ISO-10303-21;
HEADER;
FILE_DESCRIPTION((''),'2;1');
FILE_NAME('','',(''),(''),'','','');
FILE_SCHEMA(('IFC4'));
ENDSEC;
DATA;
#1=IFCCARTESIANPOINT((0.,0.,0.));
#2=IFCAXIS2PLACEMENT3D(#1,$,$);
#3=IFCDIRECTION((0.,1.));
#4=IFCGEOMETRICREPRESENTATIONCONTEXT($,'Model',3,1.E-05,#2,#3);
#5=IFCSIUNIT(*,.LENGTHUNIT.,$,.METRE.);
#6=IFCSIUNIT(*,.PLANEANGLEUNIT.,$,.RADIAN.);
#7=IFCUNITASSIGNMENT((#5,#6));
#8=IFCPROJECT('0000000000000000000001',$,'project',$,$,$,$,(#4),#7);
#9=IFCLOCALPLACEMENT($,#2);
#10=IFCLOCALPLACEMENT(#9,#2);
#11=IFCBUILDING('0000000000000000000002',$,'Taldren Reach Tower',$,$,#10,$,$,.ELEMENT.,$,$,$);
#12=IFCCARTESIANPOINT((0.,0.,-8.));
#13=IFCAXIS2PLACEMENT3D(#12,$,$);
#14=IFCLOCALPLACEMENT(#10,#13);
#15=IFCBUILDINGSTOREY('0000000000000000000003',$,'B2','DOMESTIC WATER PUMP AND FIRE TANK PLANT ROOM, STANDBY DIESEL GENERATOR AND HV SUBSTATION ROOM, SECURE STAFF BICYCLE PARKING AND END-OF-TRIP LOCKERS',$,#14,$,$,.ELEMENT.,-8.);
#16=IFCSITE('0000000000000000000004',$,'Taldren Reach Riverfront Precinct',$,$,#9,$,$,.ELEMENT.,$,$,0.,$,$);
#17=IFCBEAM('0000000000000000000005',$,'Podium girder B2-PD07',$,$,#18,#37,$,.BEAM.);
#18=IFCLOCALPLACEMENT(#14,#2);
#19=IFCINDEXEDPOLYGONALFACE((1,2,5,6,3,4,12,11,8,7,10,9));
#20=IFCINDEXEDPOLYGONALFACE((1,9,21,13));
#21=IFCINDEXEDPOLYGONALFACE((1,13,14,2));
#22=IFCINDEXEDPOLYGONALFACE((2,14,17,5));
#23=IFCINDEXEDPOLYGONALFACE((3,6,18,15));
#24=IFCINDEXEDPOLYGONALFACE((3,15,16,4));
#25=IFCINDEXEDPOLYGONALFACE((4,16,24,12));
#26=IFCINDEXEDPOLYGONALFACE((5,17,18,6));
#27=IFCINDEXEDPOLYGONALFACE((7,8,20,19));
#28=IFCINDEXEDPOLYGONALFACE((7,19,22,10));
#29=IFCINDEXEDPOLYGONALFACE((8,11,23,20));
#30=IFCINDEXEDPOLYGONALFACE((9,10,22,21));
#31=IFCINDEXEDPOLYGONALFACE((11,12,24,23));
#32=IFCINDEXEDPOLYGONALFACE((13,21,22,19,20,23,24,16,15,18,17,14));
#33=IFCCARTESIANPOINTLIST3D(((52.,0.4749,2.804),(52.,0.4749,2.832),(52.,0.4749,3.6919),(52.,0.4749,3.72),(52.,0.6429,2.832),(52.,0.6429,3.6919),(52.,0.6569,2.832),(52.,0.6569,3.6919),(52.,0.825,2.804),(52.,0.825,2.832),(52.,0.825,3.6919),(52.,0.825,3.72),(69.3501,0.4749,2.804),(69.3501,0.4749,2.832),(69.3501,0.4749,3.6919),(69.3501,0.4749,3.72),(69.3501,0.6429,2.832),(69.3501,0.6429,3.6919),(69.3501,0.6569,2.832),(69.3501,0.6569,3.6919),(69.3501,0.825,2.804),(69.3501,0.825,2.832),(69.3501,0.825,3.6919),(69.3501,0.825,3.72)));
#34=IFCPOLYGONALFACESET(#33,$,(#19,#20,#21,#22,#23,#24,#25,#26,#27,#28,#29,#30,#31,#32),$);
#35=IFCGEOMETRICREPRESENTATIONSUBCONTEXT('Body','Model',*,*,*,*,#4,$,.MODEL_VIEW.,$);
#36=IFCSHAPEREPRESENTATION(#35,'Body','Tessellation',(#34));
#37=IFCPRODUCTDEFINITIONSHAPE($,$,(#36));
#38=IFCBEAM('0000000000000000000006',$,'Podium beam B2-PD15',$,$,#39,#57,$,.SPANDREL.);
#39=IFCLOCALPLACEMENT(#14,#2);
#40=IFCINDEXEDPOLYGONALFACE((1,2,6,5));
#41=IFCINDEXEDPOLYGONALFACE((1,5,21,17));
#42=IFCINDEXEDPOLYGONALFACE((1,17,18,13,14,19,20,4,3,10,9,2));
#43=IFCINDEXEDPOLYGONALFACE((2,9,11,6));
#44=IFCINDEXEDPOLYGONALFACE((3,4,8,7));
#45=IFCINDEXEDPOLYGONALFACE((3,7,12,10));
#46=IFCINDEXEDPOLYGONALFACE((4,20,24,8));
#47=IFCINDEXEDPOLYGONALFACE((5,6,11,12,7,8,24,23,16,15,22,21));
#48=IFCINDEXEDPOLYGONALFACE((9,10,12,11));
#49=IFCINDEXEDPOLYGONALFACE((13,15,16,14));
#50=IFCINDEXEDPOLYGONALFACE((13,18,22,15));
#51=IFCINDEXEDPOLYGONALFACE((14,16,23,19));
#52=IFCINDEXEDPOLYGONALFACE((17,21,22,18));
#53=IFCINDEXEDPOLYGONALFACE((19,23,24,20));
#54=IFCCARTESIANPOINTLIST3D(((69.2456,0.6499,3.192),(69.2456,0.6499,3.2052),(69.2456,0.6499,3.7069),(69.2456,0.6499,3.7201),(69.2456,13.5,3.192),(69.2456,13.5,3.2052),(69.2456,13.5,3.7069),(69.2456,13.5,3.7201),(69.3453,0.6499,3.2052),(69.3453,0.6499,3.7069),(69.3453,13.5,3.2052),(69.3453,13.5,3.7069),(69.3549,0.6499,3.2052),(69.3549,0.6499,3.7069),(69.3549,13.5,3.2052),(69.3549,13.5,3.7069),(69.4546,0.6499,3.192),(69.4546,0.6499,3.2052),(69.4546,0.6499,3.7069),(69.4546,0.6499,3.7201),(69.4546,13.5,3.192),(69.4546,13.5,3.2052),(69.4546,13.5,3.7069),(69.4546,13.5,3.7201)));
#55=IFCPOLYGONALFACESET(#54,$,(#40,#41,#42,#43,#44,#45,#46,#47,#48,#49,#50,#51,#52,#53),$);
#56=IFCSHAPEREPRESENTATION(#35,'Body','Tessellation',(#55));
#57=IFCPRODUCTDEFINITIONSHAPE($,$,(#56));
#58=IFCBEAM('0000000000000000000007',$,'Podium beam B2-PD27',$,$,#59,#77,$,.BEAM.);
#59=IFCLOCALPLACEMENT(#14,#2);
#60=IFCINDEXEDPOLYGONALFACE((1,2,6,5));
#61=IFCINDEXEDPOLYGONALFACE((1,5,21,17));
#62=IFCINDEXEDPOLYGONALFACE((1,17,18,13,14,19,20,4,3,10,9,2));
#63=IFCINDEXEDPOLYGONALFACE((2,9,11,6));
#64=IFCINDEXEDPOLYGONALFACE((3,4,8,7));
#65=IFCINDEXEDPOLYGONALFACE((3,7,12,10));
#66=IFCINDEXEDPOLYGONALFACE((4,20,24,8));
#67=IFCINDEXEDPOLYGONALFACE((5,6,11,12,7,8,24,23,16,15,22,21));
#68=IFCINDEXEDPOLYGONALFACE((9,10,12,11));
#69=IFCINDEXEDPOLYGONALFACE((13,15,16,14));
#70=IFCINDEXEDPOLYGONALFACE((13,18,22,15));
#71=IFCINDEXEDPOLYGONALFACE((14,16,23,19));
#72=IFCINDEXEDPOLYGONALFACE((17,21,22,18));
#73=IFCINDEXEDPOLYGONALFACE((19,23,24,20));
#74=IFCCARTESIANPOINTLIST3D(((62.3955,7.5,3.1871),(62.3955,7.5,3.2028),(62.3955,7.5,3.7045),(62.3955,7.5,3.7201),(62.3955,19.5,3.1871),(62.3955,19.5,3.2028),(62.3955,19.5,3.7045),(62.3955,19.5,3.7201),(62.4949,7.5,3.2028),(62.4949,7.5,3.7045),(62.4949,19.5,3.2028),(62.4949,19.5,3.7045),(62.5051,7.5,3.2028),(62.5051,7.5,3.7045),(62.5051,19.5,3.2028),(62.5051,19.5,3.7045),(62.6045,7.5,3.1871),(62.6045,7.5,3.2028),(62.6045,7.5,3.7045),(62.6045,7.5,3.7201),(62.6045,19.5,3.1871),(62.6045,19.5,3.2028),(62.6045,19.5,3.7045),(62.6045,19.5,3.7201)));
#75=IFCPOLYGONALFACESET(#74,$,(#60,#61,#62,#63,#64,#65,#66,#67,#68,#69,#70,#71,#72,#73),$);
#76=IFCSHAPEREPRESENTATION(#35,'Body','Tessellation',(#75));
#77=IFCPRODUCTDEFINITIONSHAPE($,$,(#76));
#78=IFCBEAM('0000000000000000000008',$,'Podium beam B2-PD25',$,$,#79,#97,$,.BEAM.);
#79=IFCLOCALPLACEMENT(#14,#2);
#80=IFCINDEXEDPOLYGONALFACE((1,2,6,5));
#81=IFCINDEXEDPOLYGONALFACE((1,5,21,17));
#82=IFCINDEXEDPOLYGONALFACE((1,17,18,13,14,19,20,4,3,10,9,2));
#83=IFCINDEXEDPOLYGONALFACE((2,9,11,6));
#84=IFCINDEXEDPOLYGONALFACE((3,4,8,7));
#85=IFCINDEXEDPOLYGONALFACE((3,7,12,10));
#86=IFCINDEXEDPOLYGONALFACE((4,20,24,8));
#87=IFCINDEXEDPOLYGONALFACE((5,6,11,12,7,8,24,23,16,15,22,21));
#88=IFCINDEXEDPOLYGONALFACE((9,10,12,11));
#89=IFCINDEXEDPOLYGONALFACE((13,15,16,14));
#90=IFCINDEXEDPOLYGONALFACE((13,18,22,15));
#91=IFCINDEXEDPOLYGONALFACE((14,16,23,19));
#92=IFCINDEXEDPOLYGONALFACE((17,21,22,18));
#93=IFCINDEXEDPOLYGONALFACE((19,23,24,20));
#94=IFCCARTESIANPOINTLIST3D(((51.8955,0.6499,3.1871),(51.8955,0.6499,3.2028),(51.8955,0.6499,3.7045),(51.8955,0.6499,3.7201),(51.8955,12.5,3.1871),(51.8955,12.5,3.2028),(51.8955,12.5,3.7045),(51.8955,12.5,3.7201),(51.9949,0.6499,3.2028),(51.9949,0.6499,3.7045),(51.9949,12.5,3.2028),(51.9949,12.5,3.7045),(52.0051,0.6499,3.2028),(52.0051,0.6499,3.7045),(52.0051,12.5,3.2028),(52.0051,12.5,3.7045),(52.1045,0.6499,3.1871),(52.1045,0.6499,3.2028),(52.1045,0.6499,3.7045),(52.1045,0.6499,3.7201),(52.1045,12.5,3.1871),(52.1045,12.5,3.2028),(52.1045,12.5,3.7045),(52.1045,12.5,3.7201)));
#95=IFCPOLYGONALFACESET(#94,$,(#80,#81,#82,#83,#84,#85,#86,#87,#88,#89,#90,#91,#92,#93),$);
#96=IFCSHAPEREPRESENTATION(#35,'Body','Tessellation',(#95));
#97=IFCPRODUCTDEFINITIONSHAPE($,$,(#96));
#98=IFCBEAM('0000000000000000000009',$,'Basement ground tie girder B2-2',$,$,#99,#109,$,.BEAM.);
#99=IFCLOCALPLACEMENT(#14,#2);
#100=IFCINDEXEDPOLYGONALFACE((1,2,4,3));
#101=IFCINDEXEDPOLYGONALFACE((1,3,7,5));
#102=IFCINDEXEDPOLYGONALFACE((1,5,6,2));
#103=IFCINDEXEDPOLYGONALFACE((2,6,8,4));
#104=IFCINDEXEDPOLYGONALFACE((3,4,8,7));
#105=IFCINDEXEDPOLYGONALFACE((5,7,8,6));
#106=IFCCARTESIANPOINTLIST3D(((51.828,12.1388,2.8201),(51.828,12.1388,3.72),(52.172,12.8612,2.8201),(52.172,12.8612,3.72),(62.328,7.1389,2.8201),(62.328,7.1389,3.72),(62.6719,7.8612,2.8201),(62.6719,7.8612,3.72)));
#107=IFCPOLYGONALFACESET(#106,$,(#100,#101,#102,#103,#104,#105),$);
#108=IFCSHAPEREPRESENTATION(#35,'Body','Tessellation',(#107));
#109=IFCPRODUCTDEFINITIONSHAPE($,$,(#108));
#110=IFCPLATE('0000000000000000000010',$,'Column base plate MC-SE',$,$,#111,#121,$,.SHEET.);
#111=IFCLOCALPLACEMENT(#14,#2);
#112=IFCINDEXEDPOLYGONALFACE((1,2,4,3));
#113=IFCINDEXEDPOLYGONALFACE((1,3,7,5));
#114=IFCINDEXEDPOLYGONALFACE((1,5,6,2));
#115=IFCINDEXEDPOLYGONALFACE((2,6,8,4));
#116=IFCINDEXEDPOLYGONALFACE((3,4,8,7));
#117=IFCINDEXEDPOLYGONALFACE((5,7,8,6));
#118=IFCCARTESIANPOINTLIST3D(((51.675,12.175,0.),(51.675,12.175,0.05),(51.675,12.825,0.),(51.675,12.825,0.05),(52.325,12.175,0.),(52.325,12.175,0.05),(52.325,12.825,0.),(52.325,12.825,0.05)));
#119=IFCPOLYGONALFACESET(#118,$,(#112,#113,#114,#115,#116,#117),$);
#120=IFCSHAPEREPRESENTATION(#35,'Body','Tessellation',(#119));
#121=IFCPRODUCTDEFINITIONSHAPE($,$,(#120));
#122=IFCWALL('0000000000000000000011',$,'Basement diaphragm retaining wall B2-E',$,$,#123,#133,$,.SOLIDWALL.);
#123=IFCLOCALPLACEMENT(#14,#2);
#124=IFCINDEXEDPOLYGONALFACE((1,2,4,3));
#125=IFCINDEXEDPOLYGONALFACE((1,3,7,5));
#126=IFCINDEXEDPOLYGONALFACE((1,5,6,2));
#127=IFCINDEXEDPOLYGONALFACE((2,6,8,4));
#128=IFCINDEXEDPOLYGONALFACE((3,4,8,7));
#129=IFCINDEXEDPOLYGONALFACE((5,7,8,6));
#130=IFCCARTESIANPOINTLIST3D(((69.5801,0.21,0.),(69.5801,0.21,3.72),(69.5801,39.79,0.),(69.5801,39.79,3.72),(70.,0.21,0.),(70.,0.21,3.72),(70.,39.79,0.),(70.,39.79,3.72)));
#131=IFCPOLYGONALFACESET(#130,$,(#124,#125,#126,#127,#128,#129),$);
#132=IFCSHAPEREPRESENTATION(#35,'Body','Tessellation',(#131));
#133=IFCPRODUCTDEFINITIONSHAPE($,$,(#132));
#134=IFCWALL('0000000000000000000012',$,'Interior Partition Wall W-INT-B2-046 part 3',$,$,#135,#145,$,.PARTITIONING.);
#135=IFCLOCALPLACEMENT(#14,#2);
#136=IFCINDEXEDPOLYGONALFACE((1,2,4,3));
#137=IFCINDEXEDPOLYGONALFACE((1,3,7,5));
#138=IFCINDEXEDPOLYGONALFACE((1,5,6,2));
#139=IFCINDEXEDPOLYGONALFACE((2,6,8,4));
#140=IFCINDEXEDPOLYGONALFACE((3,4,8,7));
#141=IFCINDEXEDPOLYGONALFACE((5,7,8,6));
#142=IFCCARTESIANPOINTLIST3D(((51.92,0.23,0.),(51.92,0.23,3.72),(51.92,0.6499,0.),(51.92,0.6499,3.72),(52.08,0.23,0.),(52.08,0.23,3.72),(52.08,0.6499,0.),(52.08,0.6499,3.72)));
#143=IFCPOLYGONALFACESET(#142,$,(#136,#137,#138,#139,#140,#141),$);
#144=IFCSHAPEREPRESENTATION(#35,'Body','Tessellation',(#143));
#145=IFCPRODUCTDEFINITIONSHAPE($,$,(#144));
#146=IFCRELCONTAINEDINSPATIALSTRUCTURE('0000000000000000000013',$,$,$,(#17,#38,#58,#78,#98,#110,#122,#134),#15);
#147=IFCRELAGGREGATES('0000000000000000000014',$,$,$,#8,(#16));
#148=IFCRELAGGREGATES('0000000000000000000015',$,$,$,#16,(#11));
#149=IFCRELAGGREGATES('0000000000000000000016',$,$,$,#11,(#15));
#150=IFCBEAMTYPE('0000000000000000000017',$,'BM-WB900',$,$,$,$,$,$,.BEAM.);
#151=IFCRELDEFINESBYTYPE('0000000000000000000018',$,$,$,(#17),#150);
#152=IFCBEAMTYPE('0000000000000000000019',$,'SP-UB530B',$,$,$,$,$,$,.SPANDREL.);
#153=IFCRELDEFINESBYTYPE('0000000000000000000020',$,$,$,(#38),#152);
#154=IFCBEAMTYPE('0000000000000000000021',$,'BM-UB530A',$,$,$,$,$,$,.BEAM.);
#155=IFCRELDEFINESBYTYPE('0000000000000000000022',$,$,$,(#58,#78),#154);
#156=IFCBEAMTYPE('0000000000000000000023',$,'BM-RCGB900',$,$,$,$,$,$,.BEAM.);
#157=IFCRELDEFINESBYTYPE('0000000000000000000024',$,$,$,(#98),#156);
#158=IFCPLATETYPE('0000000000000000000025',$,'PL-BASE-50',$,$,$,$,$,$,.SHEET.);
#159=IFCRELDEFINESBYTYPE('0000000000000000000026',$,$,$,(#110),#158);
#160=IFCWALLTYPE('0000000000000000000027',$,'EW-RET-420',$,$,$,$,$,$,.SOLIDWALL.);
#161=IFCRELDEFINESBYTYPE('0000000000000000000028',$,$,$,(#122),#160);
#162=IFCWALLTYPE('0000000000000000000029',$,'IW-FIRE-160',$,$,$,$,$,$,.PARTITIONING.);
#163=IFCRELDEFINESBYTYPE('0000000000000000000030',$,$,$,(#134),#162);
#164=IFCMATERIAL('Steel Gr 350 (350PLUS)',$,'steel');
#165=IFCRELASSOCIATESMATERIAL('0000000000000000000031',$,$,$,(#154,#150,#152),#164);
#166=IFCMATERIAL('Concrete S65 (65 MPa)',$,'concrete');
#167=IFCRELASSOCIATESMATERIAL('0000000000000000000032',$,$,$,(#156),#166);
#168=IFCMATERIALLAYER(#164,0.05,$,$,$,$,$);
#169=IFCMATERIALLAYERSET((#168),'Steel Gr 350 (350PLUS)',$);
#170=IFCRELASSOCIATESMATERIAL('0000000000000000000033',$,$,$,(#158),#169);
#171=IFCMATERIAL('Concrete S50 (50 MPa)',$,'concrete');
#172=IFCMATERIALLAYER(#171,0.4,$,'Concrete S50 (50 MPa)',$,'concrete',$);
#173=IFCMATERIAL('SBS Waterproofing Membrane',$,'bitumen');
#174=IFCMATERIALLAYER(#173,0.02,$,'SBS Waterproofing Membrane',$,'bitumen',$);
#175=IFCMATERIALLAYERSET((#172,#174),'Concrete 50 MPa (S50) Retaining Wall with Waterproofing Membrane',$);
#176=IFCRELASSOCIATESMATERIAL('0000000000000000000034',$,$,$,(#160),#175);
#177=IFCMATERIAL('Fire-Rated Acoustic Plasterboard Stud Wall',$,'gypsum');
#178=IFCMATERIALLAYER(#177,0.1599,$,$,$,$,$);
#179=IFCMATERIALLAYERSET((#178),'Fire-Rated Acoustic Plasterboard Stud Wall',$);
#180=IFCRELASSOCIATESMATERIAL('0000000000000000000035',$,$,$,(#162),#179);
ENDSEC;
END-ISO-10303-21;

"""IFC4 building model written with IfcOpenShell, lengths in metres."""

from ifc_helpers import new_model, si_unit, direction, frame, frame_2d, origin, origin_2d, place, context, subcontext, project, spatial, rectangle, i_section, extrude, source, transform, mapped, material, layer, layer_set, material_profile, profile_set, type_object, element, save


model = new_model("IFC4")

# Units and contexts
model_context = context("Model", 3, precision=1e-05, world=origin(), true_north=direction((0.0, 1.0)))
body_context = subcontext(model_context, "Body", "Model", "MODEL_VIEW")
ifc_project = project(units=[si_unit("LENGTHUNIT", "METRE"), si_unit("PLANEANGLEUNIT", "RADIAN")], contexts=[model_context])

# Site, building, storey
site_placement = place(None, origin())
site = spatial("IfcSite", under=ifc_project, at=site_placement, Name="Taldren Reach Riverfront Precinct", CompositionType="ELEMENT", RefElevation=0.0)
building_placement = place(site_placement, origin())
building = spatial("IfcBuilding", under=site, at=building_placement, Name="Taldren Reach Tower", CompositionType="ELEMENT")
storey_placement = place(building_placement, frame((0.0, 0.0, -8.0)))
storey = spatial("IfcBuildingStorey", under=building, at=storey_placement, Name="B2", Description="DOMESTIC WATER PUMP AND FIRE TANK PLANT ROOM, STANDBY DIESEL GENERATOR AND HV SUBSTATION ROOM, SECURE STAFF BICYCLE PARKING AND END-OF-TRIP LOCKERS", CompositionType="ELEMENT", Elevation=-8.0)

# Shared definitions
ifc_material_1 = material(Name="Concrete S65 (65 MPa)", Category="concrete")

# Shared definitions
ifc_material_2 = material(Name="Concrete S50 (50 MPa)", Category="concrete")

# Beams
ifc_material_3 = material(Name="Steel Gr 350 (350PLUS)", Category="steel")
ifc_material_profile_1 = material_profile(ifc_material_3, i_section(OverallWidth=0.209, OverallDepth=0.533, WebThickness=0.0103, FlangeThickness=0.0156, at=origin_2d()), Name="530UB92.4")
ifc_profile_set_1 = profile_set([ifc_material_profile_1], Name="Steel Gr 350 (350PLUS)")
beam_type_1 = type_object("IfcBeamType", Name="BM-UB530A", PredefinedType="BEAM", material=ifc_profile_set_1)
ifc_material_profile_2 = material_profile(ifc_material_3, i_section(OverallWidth=0.3501, OverallDepth=0.916, WebThickness=0.0139, FlangeThickness=0.0281, at=origin_2d()), Name="900WB257")
ifc_profile_set_2 = profile_set([ifc_material_profile_2], Name="Steel Gr 350 (350PLUS)")
beam_type_2 = type_object("IfcBeamType", Name="BM-WB900", PredefinedType="BEAM", material=ifc_profile_set_2)
shared_shape_1 = source(origin(), body_context, "Body", "SweptSolid", [
    extrude(i_section(OverallWidth=0.3501, OverallDepth=0.916, WebThickness=0.0139, FlangeThickness=0.0281, at=origin_2d()), origin(), (0.0, 0.0, 1.0), 17.3501),
])
beam_1_placement = place(storey_placement, frame((52.0, 0.6499, 3.262), z_axis=(1.0, 0.0, 0.0), x_axis=(0.0, 1.0, 0.0)))
element("IfcBeam", 1, at=beam_1_placement, inside=storey, type_object=beam_type_2, Name="Podium girder B2-PD07", PredefinedType="BEAM", context=body_context, shape_type="MappedRepresentation", body=[
    mapped(shared_shape_1, transform((0.0, 0.0, 0.0), scale=1.0)),
])
ifc_material_profile_3 = material_profile(ifc_material_3, i_section(OverallWidth=0.209, OverallDepth=0.5281, WebThickness=0.0095, FlangeThickness=0.0132, at=origin_2d()), Name="530UB82.0")
ifc_profile_set_3 = profile_set([ifc_material_profile_3], Name="Steel Gr 350 (350PLUS)")
beam_type_3 = type_object("IfcBeamType", Name="SP-UB530B", PredefinedType="SPANDREL", material=ifc_profile_set_3)
shared_shape_2 = source(origin(), body_context, "Body", "SweptSolid", [
    extrude(i_section(OverallWidth=0.209, OverallDepth=0.5281, WebThickness=0.0095, FlangeThickness=0.0132, at=origin_2d()), origin(), (0.0, 0.0, 1.0), 12.8501),
])
beam_2_placement = place(storey_placement, frame((69.3501, 0.6499, 3.4561), z_axis=(0.0, 1.0, 0.0), x_axis=(-1.0, 0.0, 0.0)))
element("IfcBeam", 2, at=beam_2_placement, inside=storey, type_object=beam_type_3, Name="Podium beam B2-PD15", PredefinedType="SPANDREL", context=body_context, shape_type="MappedRepresentation", body=[
    mapped(shared_shape_2, transform((0.0, 0.0, 0.0), scale=1.0)),
])
shared_shape_3 = source(origin(), body_context, "Body", "SweptSolid", [
    extrude(i_section(OverallWidth=0.209, OverallDepth=0.533, WebThickness=0.0103, FlangeThickness=0.0156, at=origin_2d()), origin(), (0.0, 0.0, 1.0), 12.0),
])
beam_3_placement = place(storey_placement, frame((62.5, 7.5, 3.4536), z_axis=(0.0, 1.0, 0.0), x_axis=(-1.0, 0.0, 0.0)))
element("IfcBeam", 3, at=beam_3_placement, inside=storey, type_object=beam_type_1, Name="Podium beam B2-PD27", PredefinedType="BEAM", context=body_context, shape_type="MappedRepresentation", body=[
    mapped(shared_shape_3, transform((0.0, 0.0, 0.0), scale=1.0)),
])
shared_shape_4 = source(origin(), body_context, "Body", "SweptSolid", [
    extrude(i_section(OverallWidth=0.209, OverallDepth=0.533, WebThickness=0.0103, FlangeThickness=0.0156, at=origin_2d()), origin(), (0.0, 0.0, 1.0), 11.8501),
])
beam_4_placement = place(storey_placement, frame((52.0, 0.6499, 3.4536), z_axis=(0.0, 1.0, 0.0), x_axis=(-1.0, 0.0, 0.0)))
element("IfcBeam", 4, at=beam_4_placement, inside=storey, type_object=beam_type_1, Name="Podium beam B2-PD25", PredefinedType="BEAM", context=body_context, shape_type="MappedRepresentation", body=[
    mapped(shared_shape_4, transform((0.0, 0.0, 0.0), scale=1.0)),
])
ifc_material_profile_4 = material_profile(ifc_material_1, rectangle(XDim=0.8, YDim=0.8999, at=origin_2d()), Name="RC-GB800x900")
ifc_profile_set_4 = profile_set([ifc_material_profile_4], Name="Concrete S65 (65 MPa)")
beam_type_4 = type_object("IfcBeamType", Name="BM-RCGB900", PredefinedType="BEAM", material=ifc_profile_set_4)
shared_shape_5 = source(origin(), body_context, "Body", "SweptSolid", [
    extrude(rectangle(XDim=0.8, YDim=0.8999, at=origin_2d()), origin(), (0.0, 0.0, 1.0), 11.6296),
])
beam_5_placement = place(storey_placement, frame((52.0, 12.5, 3.27), z_axis=(0.902861, -0.429934, 0.0), x_axis=(0.429934, 0.902861, 0.0)))
element("IfcBeam", 5, at=beam_5_placement, inside=storey, type_object=beam_type_4, Name="Basement ground tie girder B2-2", PredefinedType="BEAM", context=body_context, shape_type="MappedRepresentation", body=[
    mapped(shared_shape_5, transform((0.0, 0.0, 0.0), scale=1.0)),
])

# Plate
ifc_layer_1 = layer(ifc_material_3, 0.05)
ifc_layer_set_1 = layer_set([ifc_layer_1], Name="Steel Gr 350 (350PLUS)")
plate_type = type_object("IfcPlateType", Name="PL-BASE-50", PredefinedType="SHEET", material=ifc_layer_set_1)
shared_shape_6 = source(origin(), body_context, "Body", "SweptSolid", [
    extrude(rectangle(XDim=0.6499, YDim=0.6499, at=origin_2d()), origin(), (0.0, 0.0, 1.0), 0.05),
])
plate_placement = place(storey_placement, frame((52.0, 12.5, 0.0), z_axis=(0.0, 0.0, 1.0), x_axis=(1.0, 0.0, 0.0)))
element("IfcPlate", 6, at=plate_placement, inside=storey, type_object=plate_type, Name="Column base plate MC-SE", PredefinedType="SHEET", context=body_context, shape_type="MappedRepresentation", body=[
    mapped(shared_shape_6, transform((0.0, 0.0, 0.0), scale=1.0)),
])

# Walls
ifc_layer_2 = layer(ifc_material_2, 0.4, Name="Concrete S50 (50 MPa)", Category="concrete")
ifc_material_4 = material(Name="SBS Waterproofing Membrane", Category="bitumen")
ifc_layer_3 = layer(ifc_material_4, 0.02, Name="SBS Waterproofing Membrane", Category="bitumen")
ifc_layer_set_2 = layer_set([ifc_layer_2, ifc_layer_3], Name="Concrete 50 MPa (S50) Retaining Wall with Waterproofing Membrane")
wall_type_1 = type_object("IfcWallType", Name="EW-RET-420", PredefinedType="SOLIDWALL", material=ifc_layer_set_2)
shared_shape_7 = source(origin(), body_context, "Body", "SweptSolid", [
    extrude(rectangle(XDim=39.5801, YDim=0.4199, at=frame_2d((19.79, 0.0))), origin(), (0.0, 0.0, 1.0), 3.72),
])
wall_1_placement = place(storey_placement, frame((69.79, 0.21, 0.0), z_axis=(0.0, 0.0, 1.0), x_axis=(0.0, 1.0, 0.0)))
element("IfcWall", 7, at=wall_1_placement, inside=storey, type_object=wall_type_1, Name="Basement diaphragm retaining wall B2-E", PredefinedType="SOLIDWALL", context=body_context, shape_type="MappedRepresentation", body=[
    mapped(shared_shape_7, transform((0.0, 0.0, 0.0), scale=1.0)),
])
ifc_material_5 = material(Name="Fire-Rated Acoustic Plasterboard Stud Wall", Category="gypsum")
ifc_layer_4 = layer(ifc_material_5, 0.1599)
ifc_layer_set_3 = layer_set([ifc_layer_4], Name="Fire-Rated Acoustic Plasterboard Stud Wall")
wall_type_2 = type_object("IfcWallType", Name="IW-FIRE-160", PredefinedType="PARTITIONING", material=ifc_layer_set_3)
shared_shape_8 = source(origin(), body_context, "Body", "SweptSolid", [
    extrude(rectangle(XDim=0.4199, YDim=0.1599, at=frame_2d((0.21, 0.0))), origin(), (0.0, 0.0, 1.0), 3.72),
])
wall_2_placement = place(storey_placement, frame((52.0, 0.6499, 0.0), z_axis=(0.0, 0.0, 1.0), x_axis=(0.0, -1.0, 0.0)))
element("IfcWall", 8, at=wall_2_placement, inside=storey, type_object=wall_type_2, Name="Interior Partition Wall W-INT-B2-046 part 3", PredefinedType="PARTITIONING", context=body_context, shape_type="MappedRepresentation", body=[
    mapped(shared_shape_8, transform((0.0, 0.0, 0.0), scale=1.0)),
])

save(model, "model.ifc")
